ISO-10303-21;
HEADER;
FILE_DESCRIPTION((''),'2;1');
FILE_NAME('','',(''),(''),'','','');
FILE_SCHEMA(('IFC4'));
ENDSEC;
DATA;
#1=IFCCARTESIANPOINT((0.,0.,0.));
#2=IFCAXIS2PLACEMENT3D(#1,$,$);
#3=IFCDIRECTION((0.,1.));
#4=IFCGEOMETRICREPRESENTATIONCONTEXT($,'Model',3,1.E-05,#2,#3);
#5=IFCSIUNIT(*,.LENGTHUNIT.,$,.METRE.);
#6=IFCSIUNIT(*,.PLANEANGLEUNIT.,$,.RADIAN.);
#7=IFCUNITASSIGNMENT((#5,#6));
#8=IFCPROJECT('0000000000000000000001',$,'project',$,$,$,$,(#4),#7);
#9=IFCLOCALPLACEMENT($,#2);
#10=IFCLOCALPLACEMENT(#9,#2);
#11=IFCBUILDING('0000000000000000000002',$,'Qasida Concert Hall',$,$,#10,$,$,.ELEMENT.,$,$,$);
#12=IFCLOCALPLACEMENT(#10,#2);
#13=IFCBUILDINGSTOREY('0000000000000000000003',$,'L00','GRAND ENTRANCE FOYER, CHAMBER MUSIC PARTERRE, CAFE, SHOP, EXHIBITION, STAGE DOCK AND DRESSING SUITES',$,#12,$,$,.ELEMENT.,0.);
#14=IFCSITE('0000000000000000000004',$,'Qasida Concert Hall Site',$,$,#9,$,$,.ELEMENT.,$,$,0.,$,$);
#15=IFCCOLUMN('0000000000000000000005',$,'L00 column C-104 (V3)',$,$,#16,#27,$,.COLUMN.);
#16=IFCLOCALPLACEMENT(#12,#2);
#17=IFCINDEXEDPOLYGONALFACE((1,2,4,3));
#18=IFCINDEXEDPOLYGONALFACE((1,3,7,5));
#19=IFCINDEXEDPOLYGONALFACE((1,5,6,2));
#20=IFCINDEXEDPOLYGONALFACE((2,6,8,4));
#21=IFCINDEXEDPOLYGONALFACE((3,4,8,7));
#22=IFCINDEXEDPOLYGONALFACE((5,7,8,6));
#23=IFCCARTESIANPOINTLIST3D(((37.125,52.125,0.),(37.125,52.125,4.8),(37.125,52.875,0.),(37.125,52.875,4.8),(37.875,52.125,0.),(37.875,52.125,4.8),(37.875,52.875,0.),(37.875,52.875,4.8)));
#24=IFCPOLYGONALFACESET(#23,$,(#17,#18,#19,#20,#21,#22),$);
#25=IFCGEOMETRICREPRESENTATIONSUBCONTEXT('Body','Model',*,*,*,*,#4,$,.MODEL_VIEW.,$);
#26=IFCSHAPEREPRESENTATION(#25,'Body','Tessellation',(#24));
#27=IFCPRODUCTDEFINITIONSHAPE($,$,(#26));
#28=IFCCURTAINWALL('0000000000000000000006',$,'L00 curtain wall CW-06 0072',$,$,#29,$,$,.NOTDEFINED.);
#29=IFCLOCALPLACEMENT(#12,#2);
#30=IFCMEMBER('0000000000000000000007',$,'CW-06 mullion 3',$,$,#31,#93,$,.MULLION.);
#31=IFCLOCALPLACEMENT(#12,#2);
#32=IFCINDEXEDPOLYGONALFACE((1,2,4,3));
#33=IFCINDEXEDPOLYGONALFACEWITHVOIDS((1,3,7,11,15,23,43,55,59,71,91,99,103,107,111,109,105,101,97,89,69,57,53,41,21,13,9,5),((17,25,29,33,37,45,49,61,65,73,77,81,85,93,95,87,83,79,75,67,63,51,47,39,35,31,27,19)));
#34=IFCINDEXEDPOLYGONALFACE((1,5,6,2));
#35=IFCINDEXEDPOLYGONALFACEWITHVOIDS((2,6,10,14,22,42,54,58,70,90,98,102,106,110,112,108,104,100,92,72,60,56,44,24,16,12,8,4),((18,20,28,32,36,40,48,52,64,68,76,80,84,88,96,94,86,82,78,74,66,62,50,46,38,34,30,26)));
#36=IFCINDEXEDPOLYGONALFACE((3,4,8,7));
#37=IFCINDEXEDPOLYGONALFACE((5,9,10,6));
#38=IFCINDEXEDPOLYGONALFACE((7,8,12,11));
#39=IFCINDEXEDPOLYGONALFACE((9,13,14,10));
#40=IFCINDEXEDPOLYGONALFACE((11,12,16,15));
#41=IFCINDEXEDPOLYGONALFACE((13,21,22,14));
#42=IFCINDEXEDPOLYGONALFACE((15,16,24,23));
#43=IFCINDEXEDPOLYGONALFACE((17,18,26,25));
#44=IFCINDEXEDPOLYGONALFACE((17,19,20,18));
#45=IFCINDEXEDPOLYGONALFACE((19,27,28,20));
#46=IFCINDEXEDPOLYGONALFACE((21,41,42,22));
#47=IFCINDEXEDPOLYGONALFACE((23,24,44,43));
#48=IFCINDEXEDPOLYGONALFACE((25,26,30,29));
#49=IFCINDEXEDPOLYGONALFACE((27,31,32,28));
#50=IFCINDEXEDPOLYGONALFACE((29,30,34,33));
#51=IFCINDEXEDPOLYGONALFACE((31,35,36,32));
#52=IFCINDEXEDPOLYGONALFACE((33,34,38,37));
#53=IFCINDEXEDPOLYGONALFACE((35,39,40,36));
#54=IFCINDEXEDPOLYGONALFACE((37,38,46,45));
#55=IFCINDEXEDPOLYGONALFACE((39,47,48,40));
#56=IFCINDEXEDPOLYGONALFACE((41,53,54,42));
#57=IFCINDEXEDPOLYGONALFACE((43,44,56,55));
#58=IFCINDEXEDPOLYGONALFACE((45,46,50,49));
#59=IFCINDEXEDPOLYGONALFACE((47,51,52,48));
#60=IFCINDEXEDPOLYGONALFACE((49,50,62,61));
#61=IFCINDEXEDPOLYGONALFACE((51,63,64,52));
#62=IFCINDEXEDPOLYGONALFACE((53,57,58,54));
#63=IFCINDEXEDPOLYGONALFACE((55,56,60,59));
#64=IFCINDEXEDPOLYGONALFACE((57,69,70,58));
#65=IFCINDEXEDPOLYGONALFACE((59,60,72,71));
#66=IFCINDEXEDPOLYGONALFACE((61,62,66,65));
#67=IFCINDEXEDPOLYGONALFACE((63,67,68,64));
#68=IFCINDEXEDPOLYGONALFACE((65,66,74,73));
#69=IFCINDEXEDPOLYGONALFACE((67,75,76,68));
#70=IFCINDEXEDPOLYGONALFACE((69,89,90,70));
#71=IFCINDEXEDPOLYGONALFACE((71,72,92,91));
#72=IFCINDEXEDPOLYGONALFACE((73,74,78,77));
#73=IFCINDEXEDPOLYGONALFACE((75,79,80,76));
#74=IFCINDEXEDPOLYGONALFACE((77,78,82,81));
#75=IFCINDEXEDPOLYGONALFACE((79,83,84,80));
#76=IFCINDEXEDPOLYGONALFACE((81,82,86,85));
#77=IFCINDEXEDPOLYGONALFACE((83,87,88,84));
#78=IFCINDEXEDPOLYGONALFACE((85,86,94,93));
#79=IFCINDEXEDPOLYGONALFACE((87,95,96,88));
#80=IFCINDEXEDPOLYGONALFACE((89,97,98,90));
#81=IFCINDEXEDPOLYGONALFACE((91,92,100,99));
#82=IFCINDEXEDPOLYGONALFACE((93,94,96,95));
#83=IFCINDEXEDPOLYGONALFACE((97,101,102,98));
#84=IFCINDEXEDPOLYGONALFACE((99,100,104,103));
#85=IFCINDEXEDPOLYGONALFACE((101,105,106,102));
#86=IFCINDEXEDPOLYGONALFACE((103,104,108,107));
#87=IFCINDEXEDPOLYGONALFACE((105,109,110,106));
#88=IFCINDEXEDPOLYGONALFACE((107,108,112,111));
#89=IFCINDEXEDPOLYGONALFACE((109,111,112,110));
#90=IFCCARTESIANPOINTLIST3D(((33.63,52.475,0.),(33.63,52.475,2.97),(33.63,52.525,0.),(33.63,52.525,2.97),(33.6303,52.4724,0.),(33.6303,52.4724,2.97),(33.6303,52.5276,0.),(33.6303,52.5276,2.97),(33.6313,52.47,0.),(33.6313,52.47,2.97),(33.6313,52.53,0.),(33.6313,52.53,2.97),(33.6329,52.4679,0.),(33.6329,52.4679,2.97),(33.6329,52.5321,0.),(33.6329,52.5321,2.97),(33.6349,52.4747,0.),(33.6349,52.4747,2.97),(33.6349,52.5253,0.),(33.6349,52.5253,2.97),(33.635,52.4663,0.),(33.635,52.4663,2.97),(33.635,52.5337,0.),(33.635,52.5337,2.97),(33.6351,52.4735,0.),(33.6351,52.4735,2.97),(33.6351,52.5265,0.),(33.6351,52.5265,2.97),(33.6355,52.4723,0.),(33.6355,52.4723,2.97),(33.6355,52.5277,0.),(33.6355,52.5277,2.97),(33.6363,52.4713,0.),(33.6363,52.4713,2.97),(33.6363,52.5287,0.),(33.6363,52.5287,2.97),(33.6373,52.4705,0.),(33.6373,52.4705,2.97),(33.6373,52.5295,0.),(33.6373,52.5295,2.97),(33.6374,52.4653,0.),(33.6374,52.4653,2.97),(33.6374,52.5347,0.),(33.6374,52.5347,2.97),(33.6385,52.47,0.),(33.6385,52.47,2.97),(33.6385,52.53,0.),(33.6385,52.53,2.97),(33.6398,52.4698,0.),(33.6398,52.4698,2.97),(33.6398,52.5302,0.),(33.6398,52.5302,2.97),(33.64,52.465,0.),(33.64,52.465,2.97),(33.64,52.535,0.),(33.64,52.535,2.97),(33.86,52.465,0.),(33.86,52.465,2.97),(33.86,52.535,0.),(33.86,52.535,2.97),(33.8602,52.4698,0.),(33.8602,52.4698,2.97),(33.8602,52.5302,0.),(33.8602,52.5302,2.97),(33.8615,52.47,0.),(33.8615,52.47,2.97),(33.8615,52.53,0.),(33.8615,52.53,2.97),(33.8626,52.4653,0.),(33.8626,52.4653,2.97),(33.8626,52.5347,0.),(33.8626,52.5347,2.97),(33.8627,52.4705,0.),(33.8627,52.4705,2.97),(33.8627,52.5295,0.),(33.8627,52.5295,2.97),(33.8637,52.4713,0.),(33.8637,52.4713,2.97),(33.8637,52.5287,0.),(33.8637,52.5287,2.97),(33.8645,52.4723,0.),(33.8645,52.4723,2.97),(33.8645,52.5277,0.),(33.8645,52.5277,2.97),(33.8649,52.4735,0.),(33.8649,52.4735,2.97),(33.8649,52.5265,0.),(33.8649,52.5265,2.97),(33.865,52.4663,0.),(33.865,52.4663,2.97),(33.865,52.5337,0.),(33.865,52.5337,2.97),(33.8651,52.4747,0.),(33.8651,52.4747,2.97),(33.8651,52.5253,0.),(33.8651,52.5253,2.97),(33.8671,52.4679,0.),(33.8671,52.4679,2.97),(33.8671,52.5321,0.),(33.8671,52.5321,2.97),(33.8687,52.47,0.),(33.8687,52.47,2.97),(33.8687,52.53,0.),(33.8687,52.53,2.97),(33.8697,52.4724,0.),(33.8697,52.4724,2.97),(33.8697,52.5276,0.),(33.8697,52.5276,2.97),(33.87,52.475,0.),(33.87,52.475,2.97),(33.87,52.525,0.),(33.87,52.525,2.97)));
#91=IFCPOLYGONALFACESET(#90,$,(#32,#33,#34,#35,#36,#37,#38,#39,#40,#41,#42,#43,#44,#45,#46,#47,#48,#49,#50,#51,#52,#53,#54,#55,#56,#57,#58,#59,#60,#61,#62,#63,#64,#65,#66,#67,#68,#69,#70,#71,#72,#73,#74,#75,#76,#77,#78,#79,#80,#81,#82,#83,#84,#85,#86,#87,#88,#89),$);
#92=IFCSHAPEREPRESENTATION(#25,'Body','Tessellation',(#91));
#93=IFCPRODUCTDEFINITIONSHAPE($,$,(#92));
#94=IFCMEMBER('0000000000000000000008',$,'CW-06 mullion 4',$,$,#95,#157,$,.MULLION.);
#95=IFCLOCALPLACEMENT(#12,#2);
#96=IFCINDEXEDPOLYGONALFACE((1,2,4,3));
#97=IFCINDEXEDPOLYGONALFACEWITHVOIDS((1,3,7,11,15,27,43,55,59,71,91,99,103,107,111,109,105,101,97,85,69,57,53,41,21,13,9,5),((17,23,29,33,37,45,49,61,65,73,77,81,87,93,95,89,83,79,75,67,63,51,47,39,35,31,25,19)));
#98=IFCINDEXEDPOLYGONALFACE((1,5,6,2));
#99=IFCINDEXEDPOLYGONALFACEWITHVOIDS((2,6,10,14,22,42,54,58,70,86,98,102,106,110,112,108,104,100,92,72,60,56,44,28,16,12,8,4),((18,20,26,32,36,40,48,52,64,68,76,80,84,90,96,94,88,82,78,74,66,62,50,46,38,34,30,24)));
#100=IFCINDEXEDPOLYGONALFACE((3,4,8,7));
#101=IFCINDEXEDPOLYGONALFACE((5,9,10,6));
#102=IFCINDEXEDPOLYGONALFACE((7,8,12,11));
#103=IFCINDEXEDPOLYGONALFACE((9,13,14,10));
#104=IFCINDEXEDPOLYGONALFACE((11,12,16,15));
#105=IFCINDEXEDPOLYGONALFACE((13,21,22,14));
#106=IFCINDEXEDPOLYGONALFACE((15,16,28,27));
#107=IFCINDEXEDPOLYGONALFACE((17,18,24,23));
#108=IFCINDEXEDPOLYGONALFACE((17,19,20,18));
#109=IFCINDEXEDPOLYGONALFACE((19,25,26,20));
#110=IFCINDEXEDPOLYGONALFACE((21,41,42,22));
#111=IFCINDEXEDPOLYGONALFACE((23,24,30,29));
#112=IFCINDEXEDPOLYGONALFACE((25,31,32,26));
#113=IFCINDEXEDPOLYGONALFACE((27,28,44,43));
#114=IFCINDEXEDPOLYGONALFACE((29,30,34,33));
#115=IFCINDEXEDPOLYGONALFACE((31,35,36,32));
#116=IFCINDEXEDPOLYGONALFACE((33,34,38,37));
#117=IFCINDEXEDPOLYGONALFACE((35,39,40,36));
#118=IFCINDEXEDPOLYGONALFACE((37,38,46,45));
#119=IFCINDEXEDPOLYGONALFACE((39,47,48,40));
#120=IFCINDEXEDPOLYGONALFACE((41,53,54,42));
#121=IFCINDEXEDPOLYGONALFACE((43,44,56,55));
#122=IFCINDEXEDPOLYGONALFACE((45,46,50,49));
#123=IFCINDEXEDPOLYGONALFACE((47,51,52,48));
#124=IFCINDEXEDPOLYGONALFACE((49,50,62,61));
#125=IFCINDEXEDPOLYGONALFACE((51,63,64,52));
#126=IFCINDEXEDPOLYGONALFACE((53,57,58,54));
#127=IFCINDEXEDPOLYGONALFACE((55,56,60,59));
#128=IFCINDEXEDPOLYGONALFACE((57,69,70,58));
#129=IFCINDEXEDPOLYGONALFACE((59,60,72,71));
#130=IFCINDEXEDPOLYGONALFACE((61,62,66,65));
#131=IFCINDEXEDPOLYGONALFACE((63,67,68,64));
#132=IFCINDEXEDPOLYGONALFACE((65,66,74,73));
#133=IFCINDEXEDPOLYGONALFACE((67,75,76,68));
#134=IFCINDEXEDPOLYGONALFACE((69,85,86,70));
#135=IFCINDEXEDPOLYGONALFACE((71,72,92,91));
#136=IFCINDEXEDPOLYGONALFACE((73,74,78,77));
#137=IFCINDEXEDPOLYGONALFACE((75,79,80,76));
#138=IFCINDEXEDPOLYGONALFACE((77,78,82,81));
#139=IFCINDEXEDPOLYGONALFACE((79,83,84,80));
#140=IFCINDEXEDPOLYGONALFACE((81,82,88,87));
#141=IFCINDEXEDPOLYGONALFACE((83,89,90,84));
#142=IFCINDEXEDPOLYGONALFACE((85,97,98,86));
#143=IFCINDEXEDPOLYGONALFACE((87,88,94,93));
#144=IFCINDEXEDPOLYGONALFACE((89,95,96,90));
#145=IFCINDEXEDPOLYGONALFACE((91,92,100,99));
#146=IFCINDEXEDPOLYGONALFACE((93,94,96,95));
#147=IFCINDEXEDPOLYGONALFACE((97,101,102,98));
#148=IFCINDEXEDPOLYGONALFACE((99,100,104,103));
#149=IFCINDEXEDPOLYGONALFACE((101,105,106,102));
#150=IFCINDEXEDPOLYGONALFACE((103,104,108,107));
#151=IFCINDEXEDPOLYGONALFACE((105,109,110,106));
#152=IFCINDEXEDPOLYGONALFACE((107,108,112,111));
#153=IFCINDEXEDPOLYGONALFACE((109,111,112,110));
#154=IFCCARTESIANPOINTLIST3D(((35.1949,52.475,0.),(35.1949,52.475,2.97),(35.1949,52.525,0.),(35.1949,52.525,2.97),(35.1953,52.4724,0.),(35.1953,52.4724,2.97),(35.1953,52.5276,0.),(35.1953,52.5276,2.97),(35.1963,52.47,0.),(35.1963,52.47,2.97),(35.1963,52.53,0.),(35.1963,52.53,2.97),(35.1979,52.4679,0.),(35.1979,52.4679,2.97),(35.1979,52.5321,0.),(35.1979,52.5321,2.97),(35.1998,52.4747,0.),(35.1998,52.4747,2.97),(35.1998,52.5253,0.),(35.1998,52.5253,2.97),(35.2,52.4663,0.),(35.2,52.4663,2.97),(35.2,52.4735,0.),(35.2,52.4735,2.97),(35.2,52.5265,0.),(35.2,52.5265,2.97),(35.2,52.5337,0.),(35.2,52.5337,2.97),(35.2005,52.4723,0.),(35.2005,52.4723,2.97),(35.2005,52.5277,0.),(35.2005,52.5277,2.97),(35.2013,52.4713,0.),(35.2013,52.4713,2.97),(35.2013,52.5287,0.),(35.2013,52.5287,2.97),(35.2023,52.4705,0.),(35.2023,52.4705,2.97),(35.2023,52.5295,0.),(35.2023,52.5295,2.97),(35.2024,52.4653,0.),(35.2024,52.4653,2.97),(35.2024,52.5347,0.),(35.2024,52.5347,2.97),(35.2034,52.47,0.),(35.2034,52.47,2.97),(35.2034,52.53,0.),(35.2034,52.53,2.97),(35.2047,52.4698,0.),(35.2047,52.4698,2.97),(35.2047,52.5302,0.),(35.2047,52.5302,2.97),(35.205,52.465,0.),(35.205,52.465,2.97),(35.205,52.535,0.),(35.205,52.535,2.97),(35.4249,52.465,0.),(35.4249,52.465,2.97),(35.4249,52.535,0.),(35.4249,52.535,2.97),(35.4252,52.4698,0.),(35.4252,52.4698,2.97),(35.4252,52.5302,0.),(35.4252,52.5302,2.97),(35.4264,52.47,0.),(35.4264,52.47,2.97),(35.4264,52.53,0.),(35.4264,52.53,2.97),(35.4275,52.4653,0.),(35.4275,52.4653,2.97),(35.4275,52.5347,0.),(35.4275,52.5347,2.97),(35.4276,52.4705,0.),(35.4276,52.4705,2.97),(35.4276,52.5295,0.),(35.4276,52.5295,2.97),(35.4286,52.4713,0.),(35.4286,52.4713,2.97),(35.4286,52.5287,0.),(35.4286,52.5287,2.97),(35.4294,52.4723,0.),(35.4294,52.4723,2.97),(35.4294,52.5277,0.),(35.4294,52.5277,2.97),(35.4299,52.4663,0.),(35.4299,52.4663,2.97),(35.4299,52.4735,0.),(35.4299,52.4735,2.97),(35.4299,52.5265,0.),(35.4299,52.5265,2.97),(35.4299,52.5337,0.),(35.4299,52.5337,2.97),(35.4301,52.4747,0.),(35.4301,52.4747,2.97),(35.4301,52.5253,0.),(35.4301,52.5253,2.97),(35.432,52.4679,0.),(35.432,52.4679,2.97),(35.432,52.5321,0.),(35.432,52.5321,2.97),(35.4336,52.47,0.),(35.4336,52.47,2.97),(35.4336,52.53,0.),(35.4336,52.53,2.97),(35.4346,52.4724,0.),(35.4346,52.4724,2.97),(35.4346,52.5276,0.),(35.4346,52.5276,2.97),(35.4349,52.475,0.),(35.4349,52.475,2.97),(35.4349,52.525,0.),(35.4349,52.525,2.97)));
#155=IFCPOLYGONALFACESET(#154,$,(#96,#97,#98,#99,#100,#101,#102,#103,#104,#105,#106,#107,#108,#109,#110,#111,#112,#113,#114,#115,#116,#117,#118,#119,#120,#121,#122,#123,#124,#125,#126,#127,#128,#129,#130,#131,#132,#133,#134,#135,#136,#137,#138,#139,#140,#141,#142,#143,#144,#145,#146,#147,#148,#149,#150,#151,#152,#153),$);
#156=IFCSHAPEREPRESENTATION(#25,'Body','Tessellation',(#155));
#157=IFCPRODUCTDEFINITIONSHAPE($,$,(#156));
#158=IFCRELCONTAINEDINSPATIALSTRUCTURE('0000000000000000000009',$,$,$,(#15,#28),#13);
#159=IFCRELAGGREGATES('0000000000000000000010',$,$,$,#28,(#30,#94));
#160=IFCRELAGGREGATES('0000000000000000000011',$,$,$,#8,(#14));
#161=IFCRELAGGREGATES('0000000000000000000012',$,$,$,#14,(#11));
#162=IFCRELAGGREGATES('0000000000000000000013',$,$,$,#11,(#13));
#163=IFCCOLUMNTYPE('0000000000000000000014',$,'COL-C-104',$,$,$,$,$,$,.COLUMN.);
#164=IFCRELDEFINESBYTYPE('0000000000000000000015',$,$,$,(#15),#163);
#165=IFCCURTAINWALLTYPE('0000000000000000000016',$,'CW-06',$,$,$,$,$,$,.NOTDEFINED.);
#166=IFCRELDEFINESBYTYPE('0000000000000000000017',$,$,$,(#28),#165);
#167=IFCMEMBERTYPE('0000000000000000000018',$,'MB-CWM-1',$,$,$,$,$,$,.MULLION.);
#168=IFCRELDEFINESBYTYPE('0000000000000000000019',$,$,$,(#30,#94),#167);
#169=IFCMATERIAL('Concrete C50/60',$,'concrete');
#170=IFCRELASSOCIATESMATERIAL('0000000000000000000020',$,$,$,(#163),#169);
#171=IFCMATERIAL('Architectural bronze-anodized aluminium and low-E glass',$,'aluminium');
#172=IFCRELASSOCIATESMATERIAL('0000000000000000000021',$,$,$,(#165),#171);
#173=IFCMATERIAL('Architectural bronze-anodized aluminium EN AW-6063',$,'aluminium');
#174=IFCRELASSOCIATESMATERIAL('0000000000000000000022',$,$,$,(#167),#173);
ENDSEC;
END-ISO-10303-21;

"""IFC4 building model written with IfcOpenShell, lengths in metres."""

from ifc_helpers import new_model, si_unit, direction, frame, origin, origin_2d, place, context, subcontext, project, spatial, rectangle, hollow_rectangle, extrude, material, material_profile, profile_set, type_object, element, aggregate, save


model = new_model("IFC4")

# Units and contexts
model_context = context("Model", 3, precision=1e-05, world=origin(), true_north=direction((0.0, 1.0)))
body_context = subcontext(model_context, "Body", "Model", "MODEL_VIEW")
ifc_project = project(units=[si_unit("LENGTHUNIT", "METRE"), si_unit("PLANEANGLEUNIT", "RADIAN")], contexts=[model_context])

# Site, building, storey
site_placement = place(None, origin())
site = spatial("IfcSite", under=ifc_project, at=site_placement, Name="Qasida Concert Hall Site", CompositionType="ELEMENT", RefElevation=0.0)
building_placement = place(site_placement, origin())
building = spatial("IfcBuilding", under=site, at=building_placement, Name="Qasida Concert Hall", CompositionType="ELEMENT")
storey_placement = place(building_placement, origin())
storey = spatial("IfcBuildingStorey", under=building, at=storey_placement, Name="L00", Description="GRAND ENTRANCE FOYER, CHAMBER MUSIC PARTERRE, CAFE, SHOP, EXHIBITION, STAGE DOCK AND DRESSING SUITES", CompositionType="ELEMENT", Elevation=0.0)

# Column
ifc_material_1 = material(Name="Concrete C50/60", Category="concrete")
ifc_material_profile_1 = material_profile(ifc_material_1, rectangle(XDim=0.75, YDim=0.75, at=origin_2d()), Name="RC 750x750")
ifc_profile_set_1 = profile_set([ifc_material_profile_1], Name="Concrete C50/60")
column_type = type_object("IfcColumnType", Name="COL-C-104", PredefinedType="COLUMN", material=ifc_profile_set_1)
column_placement = place(storey_placement, frame((37.5, 52.5, 0.0), z_axis=(0.0, 0.0, 1.0), x_axis=(1.0, 0.0, 0.0)))
element("IfcColumn", 1, at=column_placement, inside=storey, type_object=column_type, Name="L00 column C-104 (V3)", PredefinedType="COLUMN", context=body_context, shape_type="SweptSolid", body=[
    extrude(rectangle(XDim=0.75, YDim=0.75, at=origin_2d()), origin(), (0.0, 0.0, 1.0), 4.8),
])

# Curtain wall, members
ifc_material_2 = material(Name="Architectural bronze-anodized aluminium and low-E glass", Category="aluminium")
curtain_wall_type_1 = type_object("IfcCurtainWallType", Name="CW-06", PredefinedType="NOTDEFINED", material=ifc_material_2)
curtain_wall_1_placement = place(storey_placement, origin())
curtain_wall_1 = element("IfcCurtainWall", 2, at=curtain_wall_1_placement, inside=storey, type_object=curtain_wall_type_1, Name="L00 curtain wall CW-06 0072", PredefinedType="NOTDEFINED")
ifc_material_3 = material(Name="Architectural bronze-anodized aluminium EN AW-6063", Category="aluminium")
ifc_material_profile_2 = material_profile(ifc_material_3, hollow_rectangle(XDim=0.0701, YDim=0.24, WallThickness=0.0049, InnerFilletRadius=0.0049, OuterFilletRadius=0.01, at=origin_2d()), Name="CWM 240x70x5")
ifc_profile_set_2 = profile_set([ifc_material_profile_2], Name="Architectural bronze-anodized aluminium EN AW-6063")
member_type_1 = type_object("IfcMemberType", Name="MB-CWM-1", PredefinedType="MULLION", material=ifc_profile_set_2)
member_1_placement = place(storey_placement, frame((33.75, 52.5, 0.0), z_axis=(0.0, 0.0, 1.0), x_axis=(0.0, 1.0, 0.0)))
member_1 = element("IfcMember", 3, at=member_1_placement, type_object=member_type_1, Name="CW-06 mullion 3", PredefinedType="MULLION", context=body_context, shape_type="SweptSolid", body=[
    extrude(hollow_rectangle(XDim=0.0701, YDim=0.24, WallThickness=0.0049, InnerFilletRadius=0.0049, OuterFilletRadius=0.01, at=origin_2d()), origin(), (0.0, 0.0, 1.0), 2.97),
])
member_2_placement = place(storey_placement, frame((35.3149, 52.5, 0.0), z_axis=(0.0, 0.0, 1.0), x_axis=(0.0, 1.0, 0.0)))
member_2 = element("IfcMember", 4, at=member_2_placement, type_object=member_type_1, Name="CW-06 mullion 4", PredefinedType="MULLION", context=body_context, shape_type="SweptSolid", body=[
    extrude(hollow_rectangle(XDim=0.0701, YDim=0.24, WallThickness=0.0049, InnerFilletRadius=0.0049, OuterFilletRadius=0.01, at=origin_2d()), origin(), (0.0, 0.0, 1.0), 2.97),
])

aggregate(curtain_wall_1, [member_1, member_2])

save(model, "model.ifc")
